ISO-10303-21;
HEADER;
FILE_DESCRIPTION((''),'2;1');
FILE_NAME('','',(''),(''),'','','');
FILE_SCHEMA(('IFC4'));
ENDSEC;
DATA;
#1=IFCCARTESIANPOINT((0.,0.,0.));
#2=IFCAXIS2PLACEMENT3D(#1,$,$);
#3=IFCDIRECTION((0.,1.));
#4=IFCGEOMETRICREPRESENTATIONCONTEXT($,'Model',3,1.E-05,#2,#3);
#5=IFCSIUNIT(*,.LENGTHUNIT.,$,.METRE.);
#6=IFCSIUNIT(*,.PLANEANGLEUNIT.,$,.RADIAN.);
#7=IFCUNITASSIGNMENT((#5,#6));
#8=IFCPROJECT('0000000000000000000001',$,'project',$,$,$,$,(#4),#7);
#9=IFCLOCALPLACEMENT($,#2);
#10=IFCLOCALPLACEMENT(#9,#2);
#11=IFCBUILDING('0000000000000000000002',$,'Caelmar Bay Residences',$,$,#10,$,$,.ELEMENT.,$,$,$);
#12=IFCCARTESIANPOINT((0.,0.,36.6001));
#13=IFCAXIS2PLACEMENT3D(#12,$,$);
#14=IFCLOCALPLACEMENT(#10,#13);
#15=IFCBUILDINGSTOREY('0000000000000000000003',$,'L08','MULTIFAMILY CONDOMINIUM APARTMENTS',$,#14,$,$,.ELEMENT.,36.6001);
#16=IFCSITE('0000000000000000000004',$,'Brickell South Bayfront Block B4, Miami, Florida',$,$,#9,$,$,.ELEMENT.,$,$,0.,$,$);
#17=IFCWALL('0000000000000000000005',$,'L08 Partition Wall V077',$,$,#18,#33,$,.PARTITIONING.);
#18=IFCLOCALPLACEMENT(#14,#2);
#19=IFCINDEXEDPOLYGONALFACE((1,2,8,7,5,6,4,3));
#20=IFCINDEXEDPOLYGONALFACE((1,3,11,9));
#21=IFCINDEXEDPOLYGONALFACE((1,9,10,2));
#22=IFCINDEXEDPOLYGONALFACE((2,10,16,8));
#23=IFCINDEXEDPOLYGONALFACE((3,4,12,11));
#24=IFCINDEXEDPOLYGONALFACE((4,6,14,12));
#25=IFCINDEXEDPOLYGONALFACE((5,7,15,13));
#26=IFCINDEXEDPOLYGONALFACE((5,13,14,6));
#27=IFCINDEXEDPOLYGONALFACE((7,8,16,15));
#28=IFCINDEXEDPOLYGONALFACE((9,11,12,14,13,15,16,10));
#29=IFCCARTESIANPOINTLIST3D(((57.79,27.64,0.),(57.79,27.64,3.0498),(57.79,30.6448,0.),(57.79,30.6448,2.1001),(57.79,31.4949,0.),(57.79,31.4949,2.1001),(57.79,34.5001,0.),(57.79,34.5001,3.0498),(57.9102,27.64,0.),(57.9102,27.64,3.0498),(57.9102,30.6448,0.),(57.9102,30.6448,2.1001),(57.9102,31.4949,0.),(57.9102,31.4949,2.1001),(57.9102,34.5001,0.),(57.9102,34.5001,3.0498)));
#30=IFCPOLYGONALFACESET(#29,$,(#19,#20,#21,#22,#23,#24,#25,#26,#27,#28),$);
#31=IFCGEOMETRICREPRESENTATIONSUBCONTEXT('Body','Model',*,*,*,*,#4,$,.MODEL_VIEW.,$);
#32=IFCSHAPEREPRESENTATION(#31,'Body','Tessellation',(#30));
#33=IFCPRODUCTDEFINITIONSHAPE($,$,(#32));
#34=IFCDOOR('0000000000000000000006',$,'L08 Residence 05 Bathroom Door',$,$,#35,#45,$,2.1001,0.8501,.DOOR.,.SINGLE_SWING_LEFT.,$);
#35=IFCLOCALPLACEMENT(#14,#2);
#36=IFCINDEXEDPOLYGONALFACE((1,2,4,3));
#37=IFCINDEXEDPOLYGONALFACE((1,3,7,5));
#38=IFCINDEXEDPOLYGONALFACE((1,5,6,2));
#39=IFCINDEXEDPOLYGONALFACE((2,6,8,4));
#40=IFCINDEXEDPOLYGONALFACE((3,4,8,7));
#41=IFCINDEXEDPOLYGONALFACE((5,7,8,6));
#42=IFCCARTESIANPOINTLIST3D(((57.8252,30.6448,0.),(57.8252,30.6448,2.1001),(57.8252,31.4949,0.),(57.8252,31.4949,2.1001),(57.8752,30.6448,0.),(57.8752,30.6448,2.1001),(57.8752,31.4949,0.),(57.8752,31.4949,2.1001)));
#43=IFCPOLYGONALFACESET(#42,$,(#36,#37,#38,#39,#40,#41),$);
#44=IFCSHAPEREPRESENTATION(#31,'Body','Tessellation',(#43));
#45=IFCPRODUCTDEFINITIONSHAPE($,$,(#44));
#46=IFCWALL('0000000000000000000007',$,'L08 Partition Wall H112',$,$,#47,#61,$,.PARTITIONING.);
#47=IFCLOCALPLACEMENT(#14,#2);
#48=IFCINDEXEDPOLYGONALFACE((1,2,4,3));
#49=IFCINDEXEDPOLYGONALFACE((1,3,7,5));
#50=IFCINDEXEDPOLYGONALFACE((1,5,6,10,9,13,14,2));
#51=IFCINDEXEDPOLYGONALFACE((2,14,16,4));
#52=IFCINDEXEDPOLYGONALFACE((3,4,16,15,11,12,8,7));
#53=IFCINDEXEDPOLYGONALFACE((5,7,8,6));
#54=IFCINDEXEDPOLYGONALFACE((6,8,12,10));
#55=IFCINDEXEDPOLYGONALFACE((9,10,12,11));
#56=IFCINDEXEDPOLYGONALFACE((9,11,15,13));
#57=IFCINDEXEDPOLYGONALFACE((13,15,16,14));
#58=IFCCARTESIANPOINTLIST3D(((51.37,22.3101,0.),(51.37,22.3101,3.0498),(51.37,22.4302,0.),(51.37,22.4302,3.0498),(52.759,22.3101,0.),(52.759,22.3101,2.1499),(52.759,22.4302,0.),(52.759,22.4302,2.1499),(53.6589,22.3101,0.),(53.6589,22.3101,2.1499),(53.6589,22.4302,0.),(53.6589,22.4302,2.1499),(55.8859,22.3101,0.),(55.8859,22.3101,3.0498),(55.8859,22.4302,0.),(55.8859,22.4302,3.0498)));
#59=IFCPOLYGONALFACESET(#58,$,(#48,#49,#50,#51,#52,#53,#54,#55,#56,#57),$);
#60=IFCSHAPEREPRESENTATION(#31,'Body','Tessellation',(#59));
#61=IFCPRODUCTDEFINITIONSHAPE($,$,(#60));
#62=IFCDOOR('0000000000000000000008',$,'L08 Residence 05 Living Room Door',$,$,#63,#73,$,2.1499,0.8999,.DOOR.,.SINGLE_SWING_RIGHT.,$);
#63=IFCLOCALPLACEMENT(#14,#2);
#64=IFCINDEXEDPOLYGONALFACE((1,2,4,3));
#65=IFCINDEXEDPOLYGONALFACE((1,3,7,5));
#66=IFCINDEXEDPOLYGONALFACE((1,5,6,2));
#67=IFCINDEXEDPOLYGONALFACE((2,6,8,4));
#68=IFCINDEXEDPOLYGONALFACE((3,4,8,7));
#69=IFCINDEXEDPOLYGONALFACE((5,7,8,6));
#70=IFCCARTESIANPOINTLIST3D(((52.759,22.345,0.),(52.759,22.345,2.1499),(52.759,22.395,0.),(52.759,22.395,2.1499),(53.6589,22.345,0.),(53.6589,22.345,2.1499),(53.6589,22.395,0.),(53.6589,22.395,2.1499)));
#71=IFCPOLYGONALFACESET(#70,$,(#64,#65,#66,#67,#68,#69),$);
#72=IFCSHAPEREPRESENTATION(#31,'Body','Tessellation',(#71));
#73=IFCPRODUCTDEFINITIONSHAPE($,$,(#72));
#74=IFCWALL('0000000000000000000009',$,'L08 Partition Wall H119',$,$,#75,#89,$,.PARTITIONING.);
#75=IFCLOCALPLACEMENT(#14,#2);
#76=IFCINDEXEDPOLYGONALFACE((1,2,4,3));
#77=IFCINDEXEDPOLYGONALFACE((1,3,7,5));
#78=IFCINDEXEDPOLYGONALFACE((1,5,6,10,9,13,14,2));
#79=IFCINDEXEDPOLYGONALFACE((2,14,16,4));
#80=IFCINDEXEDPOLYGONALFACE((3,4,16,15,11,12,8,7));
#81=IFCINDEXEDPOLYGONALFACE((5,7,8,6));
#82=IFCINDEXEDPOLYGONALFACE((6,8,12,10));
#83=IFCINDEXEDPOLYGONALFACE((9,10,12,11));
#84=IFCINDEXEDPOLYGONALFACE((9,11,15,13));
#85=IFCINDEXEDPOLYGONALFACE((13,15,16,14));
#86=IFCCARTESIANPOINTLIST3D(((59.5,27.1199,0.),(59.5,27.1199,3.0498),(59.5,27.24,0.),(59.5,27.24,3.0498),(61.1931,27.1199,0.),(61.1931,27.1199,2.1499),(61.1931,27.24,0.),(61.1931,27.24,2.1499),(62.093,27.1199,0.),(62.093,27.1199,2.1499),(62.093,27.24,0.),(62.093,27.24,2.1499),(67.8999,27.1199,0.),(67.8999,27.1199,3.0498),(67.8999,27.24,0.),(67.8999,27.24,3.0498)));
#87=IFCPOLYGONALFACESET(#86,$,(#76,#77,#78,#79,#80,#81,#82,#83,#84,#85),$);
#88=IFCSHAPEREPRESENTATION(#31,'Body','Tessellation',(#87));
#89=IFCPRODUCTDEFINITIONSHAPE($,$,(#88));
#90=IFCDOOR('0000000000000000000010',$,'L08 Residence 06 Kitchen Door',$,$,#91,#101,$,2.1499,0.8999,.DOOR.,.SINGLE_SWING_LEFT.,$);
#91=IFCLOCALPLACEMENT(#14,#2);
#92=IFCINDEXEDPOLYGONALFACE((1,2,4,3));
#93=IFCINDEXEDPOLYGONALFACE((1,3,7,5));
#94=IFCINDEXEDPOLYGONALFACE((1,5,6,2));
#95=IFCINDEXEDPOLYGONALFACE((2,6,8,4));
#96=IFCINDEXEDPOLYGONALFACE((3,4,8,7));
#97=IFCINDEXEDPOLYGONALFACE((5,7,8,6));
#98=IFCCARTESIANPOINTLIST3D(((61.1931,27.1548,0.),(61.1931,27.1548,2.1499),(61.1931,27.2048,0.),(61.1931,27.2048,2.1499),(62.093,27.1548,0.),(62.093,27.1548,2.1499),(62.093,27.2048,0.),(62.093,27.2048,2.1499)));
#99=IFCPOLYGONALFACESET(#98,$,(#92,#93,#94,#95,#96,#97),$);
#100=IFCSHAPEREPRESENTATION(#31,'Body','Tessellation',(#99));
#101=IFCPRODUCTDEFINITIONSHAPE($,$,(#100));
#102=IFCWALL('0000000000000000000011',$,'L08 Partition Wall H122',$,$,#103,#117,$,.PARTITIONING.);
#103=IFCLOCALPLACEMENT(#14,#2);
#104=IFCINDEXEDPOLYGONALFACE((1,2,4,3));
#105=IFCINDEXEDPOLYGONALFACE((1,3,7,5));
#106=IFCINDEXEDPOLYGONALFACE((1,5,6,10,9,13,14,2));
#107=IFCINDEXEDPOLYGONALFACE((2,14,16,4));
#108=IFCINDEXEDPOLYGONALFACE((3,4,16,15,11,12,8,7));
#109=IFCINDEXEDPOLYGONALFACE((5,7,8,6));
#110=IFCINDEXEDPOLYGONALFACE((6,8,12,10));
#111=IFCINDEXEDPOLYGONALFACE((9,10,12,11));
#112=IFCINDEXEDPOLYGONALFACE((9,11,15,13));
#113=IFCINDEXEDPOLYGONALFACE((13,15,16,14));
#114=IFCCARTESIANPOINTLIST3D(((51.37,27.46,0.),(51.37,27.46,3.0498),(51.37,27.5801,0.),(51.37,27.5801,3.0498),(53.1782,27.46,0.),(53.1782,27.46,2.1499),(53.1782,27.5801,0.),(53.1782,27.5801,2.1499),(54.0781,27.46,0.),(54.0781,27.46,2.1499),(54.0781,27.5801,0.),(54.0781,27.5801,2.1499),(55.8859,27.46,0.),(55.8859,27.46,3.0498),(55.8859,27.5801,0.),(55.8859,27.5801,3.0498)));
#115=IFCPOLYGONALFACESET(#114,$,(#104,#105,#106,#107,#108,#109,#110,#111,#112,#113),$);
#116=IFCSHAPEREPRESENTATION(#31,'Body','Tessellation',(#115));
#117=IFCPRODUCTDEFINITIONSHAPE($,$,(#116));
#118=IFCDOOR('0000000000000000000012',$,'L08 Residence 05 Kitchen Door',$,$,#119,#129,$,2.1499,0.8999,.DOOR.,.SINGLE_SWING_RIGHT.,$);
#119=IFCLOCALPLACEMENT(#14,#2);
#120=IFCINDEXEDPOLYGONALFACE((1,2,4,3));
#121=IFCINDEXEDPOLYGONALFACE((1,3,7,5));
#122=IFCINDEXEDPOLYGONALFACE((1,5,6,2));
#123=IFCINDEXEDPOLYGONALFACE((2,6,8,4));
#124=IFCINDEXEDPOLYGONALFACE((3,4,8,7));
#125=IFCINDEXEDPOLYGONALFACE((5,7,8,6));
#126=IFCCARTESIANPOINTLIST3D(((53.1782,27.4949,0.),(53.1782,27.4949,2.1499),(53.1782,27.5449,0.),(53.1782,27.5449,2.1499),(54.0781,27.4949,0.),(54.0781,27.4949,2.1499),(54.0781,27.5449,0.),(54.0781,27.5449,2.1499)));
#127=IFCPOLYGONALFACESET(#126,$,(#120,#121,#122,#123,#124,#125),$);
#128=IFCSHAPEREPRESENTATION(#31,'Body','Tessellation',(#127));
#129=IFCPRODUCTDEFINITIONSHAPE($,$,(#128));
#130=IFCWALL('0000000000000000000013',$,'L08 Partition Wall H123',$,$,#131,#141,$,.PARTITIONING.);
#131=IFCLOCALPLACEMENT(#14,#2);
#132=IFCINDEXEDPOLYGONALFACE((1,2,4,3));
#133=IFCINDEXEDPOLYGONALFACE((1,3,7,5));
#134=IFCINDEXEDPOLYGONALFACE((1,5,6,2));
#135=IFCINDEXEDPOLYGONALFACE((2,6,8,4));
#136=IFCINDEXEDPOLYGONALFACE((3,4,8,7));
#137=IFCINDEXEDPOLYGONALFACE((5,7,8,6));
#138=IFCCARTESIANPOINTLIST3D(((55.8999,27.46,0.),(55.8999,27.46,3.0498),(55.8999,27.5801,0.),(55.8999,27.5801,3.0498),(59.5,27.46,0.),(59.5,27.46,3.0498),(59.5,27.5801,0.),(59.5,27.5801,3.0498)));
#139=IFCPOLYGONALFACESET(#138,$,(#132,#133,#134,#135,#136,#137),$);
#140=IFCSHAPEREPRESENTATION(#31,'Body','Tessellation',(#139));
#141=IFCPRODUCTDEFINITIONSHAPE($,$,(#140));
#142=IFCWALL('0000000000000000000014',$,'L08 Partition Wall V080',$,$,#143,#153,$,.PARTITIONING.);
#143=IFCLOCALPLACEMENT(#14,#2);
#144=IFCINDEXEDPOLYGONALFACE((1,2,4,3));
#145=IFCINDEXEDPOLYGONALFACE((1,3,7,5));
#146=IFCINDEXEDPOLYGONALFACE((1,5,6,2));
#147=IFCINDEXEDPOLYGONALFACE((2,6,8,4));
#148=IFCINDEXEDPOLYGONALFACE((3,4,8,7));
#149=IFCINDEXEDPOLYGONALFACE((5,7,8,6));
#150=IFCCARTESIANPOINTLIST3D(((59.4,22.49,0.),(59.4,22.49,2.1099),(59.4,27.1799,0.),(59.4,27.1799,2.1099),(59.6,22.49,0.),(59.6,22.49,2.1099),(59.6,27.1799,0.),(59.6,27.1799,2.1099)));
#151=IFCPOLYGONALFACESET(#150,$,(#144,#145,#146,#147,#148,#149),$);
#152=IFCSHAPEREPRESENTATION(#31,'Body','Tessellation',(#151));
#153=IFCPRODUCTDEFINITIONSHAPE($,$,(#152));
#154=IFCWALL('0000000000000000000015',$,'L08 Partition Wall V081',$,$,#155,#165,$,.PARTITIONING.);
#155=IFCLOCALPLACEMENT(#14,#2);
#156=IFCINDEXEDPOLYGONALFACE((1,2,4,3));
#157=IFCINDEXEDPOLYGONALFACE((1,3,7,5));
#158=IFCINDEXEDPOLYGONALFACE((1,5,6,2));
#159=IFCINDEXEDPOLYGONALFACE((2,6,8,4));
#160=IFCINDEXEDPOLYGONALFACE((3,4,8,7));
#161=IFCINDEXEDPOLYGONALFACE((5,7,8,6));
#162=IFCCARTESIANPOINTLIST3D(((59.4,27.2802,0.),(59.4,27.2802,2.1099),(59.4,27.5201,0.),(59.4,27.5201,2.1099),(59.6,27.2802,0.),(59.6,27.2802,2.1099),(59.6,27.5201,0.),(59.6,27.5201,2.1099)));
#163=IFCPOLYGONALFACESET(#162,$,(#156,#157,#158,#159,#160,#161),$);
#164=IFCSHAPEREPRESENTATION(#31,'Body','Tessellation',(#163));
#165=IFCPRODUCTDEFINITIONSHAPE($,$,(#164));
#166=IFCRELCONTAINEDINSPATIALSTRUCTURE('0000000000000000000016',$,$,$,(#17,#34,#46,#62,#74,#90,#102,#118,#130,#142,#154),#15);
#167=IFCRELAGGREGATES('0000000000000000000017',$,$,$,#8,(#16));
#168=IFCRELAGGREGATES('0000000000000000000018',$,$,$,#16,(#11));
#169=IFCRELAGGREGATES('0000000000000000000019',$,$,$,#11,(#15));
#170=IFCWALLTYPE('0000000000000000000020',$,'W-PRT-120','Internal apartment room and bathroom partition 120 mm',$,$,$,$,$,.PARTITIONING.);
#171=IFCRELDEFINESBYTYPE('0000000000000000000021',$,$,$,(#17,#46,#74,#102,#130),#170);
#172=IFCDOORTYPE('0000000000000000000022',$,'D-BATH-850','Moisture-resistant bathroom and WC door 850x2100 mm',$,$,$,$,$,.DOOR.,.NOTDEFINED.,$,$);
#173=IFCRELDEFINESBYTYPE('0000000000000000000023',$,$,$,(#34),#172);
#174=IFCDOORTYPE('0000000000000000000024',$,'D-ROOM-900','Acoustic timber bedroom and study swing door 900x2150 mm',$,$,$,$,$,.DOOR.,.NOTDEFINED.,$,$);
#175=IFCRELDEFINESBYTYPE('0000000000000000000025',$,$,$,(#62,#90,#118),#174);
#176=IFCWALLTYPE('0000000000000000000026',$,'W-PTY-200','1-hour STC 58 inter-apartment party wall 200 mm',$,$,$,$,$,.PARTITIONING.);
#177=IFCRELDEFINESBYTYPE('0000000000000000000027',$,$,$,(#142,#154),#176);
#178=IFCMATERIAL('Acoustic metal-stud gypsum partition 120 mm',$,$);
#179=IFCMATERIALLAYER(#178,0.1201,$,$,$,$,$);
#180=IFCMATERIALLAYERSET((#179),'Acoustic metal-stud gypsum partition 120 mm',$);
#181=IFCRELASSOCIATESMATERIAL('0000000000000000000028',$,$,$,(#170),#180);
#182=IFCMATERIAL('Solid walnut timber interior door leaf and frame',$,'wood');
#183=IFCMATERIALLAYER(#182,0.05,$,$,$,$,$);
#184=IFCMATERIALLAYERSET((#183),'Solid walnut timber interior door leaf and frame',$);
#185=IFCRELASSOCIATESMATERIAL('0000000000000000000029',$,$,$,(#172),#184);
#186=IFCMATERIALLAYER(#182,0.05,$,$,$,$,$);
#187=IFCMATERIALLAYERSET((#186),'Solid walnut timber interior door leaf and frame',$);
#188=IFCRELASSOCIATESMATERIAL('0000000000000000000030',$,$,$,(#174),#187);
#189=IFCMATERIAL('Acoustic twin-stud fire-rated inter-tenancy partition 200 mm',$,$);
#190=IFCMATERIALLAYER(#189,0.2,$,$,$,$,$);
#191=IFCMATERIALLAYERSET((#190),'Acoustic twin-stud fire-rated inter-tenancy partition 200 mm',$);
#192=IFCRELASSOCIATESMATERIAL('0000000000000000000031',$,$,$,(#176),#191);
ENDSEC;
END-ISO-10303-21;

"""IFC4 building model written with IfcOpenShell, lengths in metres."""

from ifc_helpers import new_model, si_unit, direction, frame, frame_2d, origin, place, context, subcontext, project, spatial, rectangle, extrude, material, layer, layer_set, type_object, element, fill, save


model = new_model("IFC4")

# Units and contexts
model_context = context("Model", 3, precision=1e-05, world=origin(), true_north=direction((0.0, 1.0)))
body_context = subcontext(model_context, "Body", "Model", "MODEL_VIEW")
ifc_project = project(units=[si_unit("LENGTHUNIT", "METRE"), si_unit("PLANEANGLEUNIT", "RADIAN")], contexts=[model_context])

# Site, building, storey
site_placement = place(None, origin())
site = spatial("IfcSite", under=ifc_project, at=site_placement, Name="Brickell South Bayfront Block B4, Miami, Florida", CompositionType="ELEMENT", RefElevation=0.0)
building_placement = place(site_placement, origin())
building = spatial("IfcBuilding", under=site, at=building_placement, Name="Caelmar Bay Residences", CompositionType="ELEMENT")
storey_placement = place(building_placement, frame((0.0, 0.0, 36.6001)))
storey = spatial("IfcBuildingStorey", under=building, at=storey_placement, Name="L08", Description="MULTIFAMILY CONDOMINIUM APARTMENTS", CompositionType="ELEMENT", Elevation=36.6001)

# Shared definitions
ifc_material_1 = material(Name="Acoustic metal-stud gypsum partition 120 mm")
ifc_layer_1 = layer(ifc_material_1, 0.1201)
ifc_layer_set_1 = layer_set([ifc_layer_1], Name="Acoustic metal-stud gypsum partition 120 mm")
wall_type_1 = type_object("IfcWallType", Name="W-PRT-120", Description="Internal apartment room and bathroom partition 120 mm", PredefinedType="PARTITIONING", material=ifc_layer_set_1)
ifc_material_2 = material(Name="Solid walnut timber interior door leaf and frame", Category="wood")
ifc_layer_2 = layer(ifc_material_2, 0.05)
ifc_layer_set_2 = layer_set([ifc_layer_2], Name="Solid walnut timber interior door leaf and frame")
door_type_1 = type_object("IfcDoorType", Name="D-BATH-850", Description="Moisture-resistant bathroom and WC door 850x2100 mm", OperationType="NOTDEFINED", PredefinedType="DOOR", material=ifc_layer_set_2)
ifc_layer_3 = layer(ifc_material_2, 0.05)
ifc_layer_set_3 = layer_set([ifc_layer_3], Name="Solid walnut timber interior door leaf and frame")
door_type_2 = type_object("IfcDoorType", Name="D-ROOM-900", Description="Acoustic timber bedroom and study swing door 900x2150 mm", OperationType="NOTDEFINED", PredefinedType="DOOR", material=ifc_layer_set_3)

# Walls, openings, doors
wall_1_placement = place(storey_placement, frame((57.8501, 27.6399, 0.0), z_axis=(0.0, 0.0, 1.0), x_axis=(0.0, 1.0, 0.0)))
wall_1 = element("IfcWall", 1, at=wall_1_placement, inside=storey, type_object=wall_type_1, Name="L08 Partition Wall V077", PredefinedType="PARTITIONING", context=body_context, shape_type="SweptSolid", body=[
    extrude(rectangle(XDim=6.8601, YDim=0.1201, at=frame_2d((3.4302, 0.0))), origin(), (0.0, 0.0, 1.0), 3.0498),
])
opening_1_placement = place(wall_1_placement, frame((3.0049, 0.0, 0.0)))
opening_1 = element("IfcOpeningElement", 2, at=opening_1_placement, cuts=wall_1, PredefinedType="OPENING", context=body_context, shape_type="SweptSolid", body=[
    extrude(rectangle(XDim=0.8501, YDim=2.1001, at=frame_2d((0.425, 1.05))), frame((0.0, 0.0701, 0.0), z_axis=(0.0, -1.0, 0.0), x_axis=(1.0, 0.0, 0.0)), (0.0, 0.0, 1.0), 0.1401),
])
door_1_placement = place(opening_1_placement, origin())
door_1 = element("IfcDoor", 3, at=door_1_placement, inside=storey, type_object=door_type_1, Name="L08 Residence 05 Bathroom Door", OperationType="SINGLE_SWING_LEFT", OverallHeight=2.1001, OverallWidth=0.8501, PredefinedType="DOOR", context=body_context, shape_type="SweptSolid", body=[
    extrude(rectangle(XDim=0.8501, YDim=2.1001, at=frame_2d((0.425, 1.05))), frame((0.0, 0.0249, 0.0), z_axis=(0.0, -1.0, 0.0), x_axis=(1.0, 0.0, 0.0)), (0.0, 0.0, 1.0), 0.05),
])
fill(opening_1, door_1)
wall_2_placement = place(storey_placement, frame((51.3701, 22.3701, 0.0), z_axis=(0.0, 0.0, 1.0), x_axis=(1.0, 0.0, 0.0)))
wall_2 = element("IfcWall", 4, at=wall_2_placement, inside=storey, type_object=wall_type_1, Name="L08 Partition Wall H112", PredefinedType="PARTITIONING", context=body_context, shape_type="SweptSolid", body=[
    extrude(rectangle(XDim=4.5159, YDim=0.1201, at=frame_2d((2.2578, 0.0))), origin(), (0.0, 0.0, 1.0), 3.0498),
])
opening_2_placement = place(wall_2_placement, frame((1.3889, 0.0, 0.0)))
opening_2 = element("IfcOpeningElement", 5, at=opening_2_placement, cuts=wall_2, PredefinedType="OPENING", context=body_context, shape_type="SweptSolid", body=[
    extrude(rectangle(XDim=0.8999, YDim=2.1499, at=frame_2d((0.45, 1.075))), frame((0.0, 0.0701, 0.0), z_axis=(0.0, -1.0, 0.0), x_axis=(1.0, 0.0, 0.0)), (0.0, 0.0, 1.0), 0.1401),
])
door_2_placement = place(opening_2_placement, origin())
door_2 = element("IfcDoor", 6, at=door_2_placement, inside=storey, type_object=door_type_2, Name="L08 Residence 05 Living Room Door", OperationType="SINGLE_SWING_RIGHT", OverallHeight=2.1499, OverallWidth=0.8999, PredefinedType="DOOR", context=body_context, shape_type="SweptSolid", body=[
    extrude(rectangle(XDim=0.8999, YDim=2.1499, at=frame_2d((0.45, 1.075))), frame((0.0, 0.0249, 0.0), z_axis=(0.0, -1.0, 0.0), x_axis=(1.0, 0.0, 0.0)), (0.0, 0.0, 1.0), 0.05),
])
fill(opening_2, door_2)
wall_3_placement = place(storey_placement, frame((59.5, 27.1799, 0.0), z_axis=(0.0, 0.0, 1.0), x_axis=(1.0, 0.0, 0.0)))
wall_3 = element("IfcWall", 7, at=wall_3_placement, inside=storey, type_object=wall_type_1, Name="L08 Partition Wall H119", PredefinedType="PARTITIONING", context=body_context, shape_type="SweptSolid", body=[
    extrude(rectangle(XDim=8.3999, YDim=0.1201, at=frame_2d((4.2, 0.0))), origin(), (0.0, 0.0, 1.0), 3.0498),
])
opening_3_placement = place(wall_3_placement, frame((1.6931, 0.0, 0.0)))
opening_3 = element("IfcOpeningElement", 8, at=opening_3_placement, cuts=wall_3, PredefinedType="OPENING", context=body_context, shape_type="SweptSolid", body=[
    extrude(rectangle(XDim=0.8999, YDim=2.1499, at=frame_2d((0.45, 1.075))), frame((0.0, 0.0701, 0.0), z_axis=(0.0, -1.0, 0.0), x_axis=(1.0, 0.0, 0.0)), (0.0, 0.0, 1.0), 0.1401),
])
door_3_placement = place(opening_3_placement, origin())
door_3 = element("IfcDoor", 9, at=door_3_placement, inside=storey, type_object=door_type_2, Name="L08 Residence 06 Kitchen Door", OperationType="SINGLE_SWING_LEFT", OverallHeight=2.1499, OverallWidth=0.8999, PredefinedType="DOOR", context=body_context, shape_type="SweptSolid", body=[
    extrude(rectangle(XDim=0.8999, YDim=2.1499, at=frame_2d((0.45, 1.075))), frame((0.0, 0.0249, 0.0), z_axis=(0.0, -1.0, 0.0), x_axis=(1.0, 0.0, 0.0)), (0.0, 0.0, 1.0), 0.05),
])
fill(opening_3, door_3)
wall_4_placement = place(storey_placement, frame((51.3701, 27.52, 0.0), z_axis=(0.0, 0.0, 1.0), x_axis=(1.0, 0.0, 0.0)))
wall_4 = element("IfcWall", 10, at=wall_4_placement, inside=storey, type_object=wall_type_1, Name="L08 Partition Wall H122", PredefinedType="PARTITIONING", context=body_context, shape_type="SweptSolid", body=[
    extrude(rectangle(XDim=4.5159, YDim=0.1201, at=frame_2d((2.2578, 0.0))), origin(), (0.0, 0.0, 1.0), 3.0498),
])
opening_4_placement = place(wall_4_placement, frame((1.8081, 0.0, 0.0)))
opening_4 = element("IfcOpeningElement", 11, at=opening_4_placement, cuts=wall_4, PredefinedType="OPENING", context=body_context, shape_type="SweptSolid", body=[
    extrude(rectangle(XDim=0.8999, YDim=2.1499, at=frame_2d((0.45, 1.075))), frame((0.0, 0.0701, 0.0), z_axis=(0.0, -1.0, 0.0), x_axis=(1.0, 0.0, 0.0)), (0.0, 0.0, 1.0), 0.1401),
])
door_4_placement = place(opening_4_placement, origin())
door_4 = element("IfcDoor", 12, at=door_4_placement, inside=storey, type_object=door_type_2, Name="L08 Residence 05 Kitchen Door", OperationType="SINGLE_SWING_RIGHT", OverallHeight=2.1499, OverallWidth=0.8999, PredefinedType="DOOR", context=body_context, shape_type="SweptSolid", body=[
    extrude(rectangle(XDim=0.8999, YDim=2.1499, at=frame_2d((0.45, 1.075))), frame((0.0, 0.0249, 0.0), z_axis=(0.0, -1.0, 0.0), x_axis=(1.0, 0.0, 0.0)), (0.0, 0.0, 1.0), 0.05),
])
fill(opening_4, door_4)

# Walls
wall_5_placement = place(storey_placement, frame((55.8999, 27.52, 0.0), z_axis=(0.0, 0.0, 1.0), x_axis=(1.0, 0.0, 0.0)))
element("IfcWall", 13, at=wall_5_placement, inside=storey, type_object=wall_type_1, Name="L08 Partition Wall H123", PredefinedType="PARTITIONING", context=body_context, shape_type="SweptSolid", body=[
    extrude(rectangle(XDim=3.6001, YDim=0.1201, at=frame_2d((1.8, 0.0))), origin(), (0.0, 0.0, 1.0), 3.0498),
])
ifc_material_3 = material(Name="Acoustic twin-stud fire-rated inter-tenancy partition 200 mm")
ifc_layer_4 = layer(ifc_material_3, 0.2)
ifc_layer_set_4 = layer_set([ifc_layer_4], Name="Acoustic twin-stud fire-rated inter-tenancy partition 200 mm")
wall_type_2 = type_object("IfcWallType", Name="W-PTY-200", Description="1-hour STC 58 inter-apartment party wall 200 mm", PredefinedType="PARTITIONING", material=ifc_layer_set_4)
wall_6_placement = place(storey_placement, frame((59.5, 22.49, 0.0), z_axis=(0.0, 0.0, 1.0), x_axis=(0.0, 1.0, 0.0)))
element("IfcWall", 14, at=wall_6_placement, inside=storey, type_object=wall_type_2, Name="L08 Partition Wall V080", PredefinedType="PARTITIONING", context=body_context, shape_type="SweptSolid", body=[
    extrude(rectangle(XDim=4.6899, YDim=0.2, at=frame_2d((2.345, 0.0))), origin(), (0.0, 0.0, 1.0), 2.1099),
])
wall_7_placement = place(storey_placement, frame((59.5, 27.28, 0.0), z_axis=(0.0, 0.0, 1.0), x_axis=(0.0, 1.0, 0.0)))
element("IfcWall", 15, at=wall_7_placement, inside=storey, type_object=wall_type_2, Name="L08 Partition Wall V081", PredefinedType="PARTITIONING", context=body_context, shape_type="SweptSolid", body=[
    extrude(rectangle(XDim=0.24, YDim=0.2, at=frame_2d((0.1201, 0.0))), origin(), (0.0, 0.0, 1.0), 2.1099),
])

save(model, "model.ifc")
